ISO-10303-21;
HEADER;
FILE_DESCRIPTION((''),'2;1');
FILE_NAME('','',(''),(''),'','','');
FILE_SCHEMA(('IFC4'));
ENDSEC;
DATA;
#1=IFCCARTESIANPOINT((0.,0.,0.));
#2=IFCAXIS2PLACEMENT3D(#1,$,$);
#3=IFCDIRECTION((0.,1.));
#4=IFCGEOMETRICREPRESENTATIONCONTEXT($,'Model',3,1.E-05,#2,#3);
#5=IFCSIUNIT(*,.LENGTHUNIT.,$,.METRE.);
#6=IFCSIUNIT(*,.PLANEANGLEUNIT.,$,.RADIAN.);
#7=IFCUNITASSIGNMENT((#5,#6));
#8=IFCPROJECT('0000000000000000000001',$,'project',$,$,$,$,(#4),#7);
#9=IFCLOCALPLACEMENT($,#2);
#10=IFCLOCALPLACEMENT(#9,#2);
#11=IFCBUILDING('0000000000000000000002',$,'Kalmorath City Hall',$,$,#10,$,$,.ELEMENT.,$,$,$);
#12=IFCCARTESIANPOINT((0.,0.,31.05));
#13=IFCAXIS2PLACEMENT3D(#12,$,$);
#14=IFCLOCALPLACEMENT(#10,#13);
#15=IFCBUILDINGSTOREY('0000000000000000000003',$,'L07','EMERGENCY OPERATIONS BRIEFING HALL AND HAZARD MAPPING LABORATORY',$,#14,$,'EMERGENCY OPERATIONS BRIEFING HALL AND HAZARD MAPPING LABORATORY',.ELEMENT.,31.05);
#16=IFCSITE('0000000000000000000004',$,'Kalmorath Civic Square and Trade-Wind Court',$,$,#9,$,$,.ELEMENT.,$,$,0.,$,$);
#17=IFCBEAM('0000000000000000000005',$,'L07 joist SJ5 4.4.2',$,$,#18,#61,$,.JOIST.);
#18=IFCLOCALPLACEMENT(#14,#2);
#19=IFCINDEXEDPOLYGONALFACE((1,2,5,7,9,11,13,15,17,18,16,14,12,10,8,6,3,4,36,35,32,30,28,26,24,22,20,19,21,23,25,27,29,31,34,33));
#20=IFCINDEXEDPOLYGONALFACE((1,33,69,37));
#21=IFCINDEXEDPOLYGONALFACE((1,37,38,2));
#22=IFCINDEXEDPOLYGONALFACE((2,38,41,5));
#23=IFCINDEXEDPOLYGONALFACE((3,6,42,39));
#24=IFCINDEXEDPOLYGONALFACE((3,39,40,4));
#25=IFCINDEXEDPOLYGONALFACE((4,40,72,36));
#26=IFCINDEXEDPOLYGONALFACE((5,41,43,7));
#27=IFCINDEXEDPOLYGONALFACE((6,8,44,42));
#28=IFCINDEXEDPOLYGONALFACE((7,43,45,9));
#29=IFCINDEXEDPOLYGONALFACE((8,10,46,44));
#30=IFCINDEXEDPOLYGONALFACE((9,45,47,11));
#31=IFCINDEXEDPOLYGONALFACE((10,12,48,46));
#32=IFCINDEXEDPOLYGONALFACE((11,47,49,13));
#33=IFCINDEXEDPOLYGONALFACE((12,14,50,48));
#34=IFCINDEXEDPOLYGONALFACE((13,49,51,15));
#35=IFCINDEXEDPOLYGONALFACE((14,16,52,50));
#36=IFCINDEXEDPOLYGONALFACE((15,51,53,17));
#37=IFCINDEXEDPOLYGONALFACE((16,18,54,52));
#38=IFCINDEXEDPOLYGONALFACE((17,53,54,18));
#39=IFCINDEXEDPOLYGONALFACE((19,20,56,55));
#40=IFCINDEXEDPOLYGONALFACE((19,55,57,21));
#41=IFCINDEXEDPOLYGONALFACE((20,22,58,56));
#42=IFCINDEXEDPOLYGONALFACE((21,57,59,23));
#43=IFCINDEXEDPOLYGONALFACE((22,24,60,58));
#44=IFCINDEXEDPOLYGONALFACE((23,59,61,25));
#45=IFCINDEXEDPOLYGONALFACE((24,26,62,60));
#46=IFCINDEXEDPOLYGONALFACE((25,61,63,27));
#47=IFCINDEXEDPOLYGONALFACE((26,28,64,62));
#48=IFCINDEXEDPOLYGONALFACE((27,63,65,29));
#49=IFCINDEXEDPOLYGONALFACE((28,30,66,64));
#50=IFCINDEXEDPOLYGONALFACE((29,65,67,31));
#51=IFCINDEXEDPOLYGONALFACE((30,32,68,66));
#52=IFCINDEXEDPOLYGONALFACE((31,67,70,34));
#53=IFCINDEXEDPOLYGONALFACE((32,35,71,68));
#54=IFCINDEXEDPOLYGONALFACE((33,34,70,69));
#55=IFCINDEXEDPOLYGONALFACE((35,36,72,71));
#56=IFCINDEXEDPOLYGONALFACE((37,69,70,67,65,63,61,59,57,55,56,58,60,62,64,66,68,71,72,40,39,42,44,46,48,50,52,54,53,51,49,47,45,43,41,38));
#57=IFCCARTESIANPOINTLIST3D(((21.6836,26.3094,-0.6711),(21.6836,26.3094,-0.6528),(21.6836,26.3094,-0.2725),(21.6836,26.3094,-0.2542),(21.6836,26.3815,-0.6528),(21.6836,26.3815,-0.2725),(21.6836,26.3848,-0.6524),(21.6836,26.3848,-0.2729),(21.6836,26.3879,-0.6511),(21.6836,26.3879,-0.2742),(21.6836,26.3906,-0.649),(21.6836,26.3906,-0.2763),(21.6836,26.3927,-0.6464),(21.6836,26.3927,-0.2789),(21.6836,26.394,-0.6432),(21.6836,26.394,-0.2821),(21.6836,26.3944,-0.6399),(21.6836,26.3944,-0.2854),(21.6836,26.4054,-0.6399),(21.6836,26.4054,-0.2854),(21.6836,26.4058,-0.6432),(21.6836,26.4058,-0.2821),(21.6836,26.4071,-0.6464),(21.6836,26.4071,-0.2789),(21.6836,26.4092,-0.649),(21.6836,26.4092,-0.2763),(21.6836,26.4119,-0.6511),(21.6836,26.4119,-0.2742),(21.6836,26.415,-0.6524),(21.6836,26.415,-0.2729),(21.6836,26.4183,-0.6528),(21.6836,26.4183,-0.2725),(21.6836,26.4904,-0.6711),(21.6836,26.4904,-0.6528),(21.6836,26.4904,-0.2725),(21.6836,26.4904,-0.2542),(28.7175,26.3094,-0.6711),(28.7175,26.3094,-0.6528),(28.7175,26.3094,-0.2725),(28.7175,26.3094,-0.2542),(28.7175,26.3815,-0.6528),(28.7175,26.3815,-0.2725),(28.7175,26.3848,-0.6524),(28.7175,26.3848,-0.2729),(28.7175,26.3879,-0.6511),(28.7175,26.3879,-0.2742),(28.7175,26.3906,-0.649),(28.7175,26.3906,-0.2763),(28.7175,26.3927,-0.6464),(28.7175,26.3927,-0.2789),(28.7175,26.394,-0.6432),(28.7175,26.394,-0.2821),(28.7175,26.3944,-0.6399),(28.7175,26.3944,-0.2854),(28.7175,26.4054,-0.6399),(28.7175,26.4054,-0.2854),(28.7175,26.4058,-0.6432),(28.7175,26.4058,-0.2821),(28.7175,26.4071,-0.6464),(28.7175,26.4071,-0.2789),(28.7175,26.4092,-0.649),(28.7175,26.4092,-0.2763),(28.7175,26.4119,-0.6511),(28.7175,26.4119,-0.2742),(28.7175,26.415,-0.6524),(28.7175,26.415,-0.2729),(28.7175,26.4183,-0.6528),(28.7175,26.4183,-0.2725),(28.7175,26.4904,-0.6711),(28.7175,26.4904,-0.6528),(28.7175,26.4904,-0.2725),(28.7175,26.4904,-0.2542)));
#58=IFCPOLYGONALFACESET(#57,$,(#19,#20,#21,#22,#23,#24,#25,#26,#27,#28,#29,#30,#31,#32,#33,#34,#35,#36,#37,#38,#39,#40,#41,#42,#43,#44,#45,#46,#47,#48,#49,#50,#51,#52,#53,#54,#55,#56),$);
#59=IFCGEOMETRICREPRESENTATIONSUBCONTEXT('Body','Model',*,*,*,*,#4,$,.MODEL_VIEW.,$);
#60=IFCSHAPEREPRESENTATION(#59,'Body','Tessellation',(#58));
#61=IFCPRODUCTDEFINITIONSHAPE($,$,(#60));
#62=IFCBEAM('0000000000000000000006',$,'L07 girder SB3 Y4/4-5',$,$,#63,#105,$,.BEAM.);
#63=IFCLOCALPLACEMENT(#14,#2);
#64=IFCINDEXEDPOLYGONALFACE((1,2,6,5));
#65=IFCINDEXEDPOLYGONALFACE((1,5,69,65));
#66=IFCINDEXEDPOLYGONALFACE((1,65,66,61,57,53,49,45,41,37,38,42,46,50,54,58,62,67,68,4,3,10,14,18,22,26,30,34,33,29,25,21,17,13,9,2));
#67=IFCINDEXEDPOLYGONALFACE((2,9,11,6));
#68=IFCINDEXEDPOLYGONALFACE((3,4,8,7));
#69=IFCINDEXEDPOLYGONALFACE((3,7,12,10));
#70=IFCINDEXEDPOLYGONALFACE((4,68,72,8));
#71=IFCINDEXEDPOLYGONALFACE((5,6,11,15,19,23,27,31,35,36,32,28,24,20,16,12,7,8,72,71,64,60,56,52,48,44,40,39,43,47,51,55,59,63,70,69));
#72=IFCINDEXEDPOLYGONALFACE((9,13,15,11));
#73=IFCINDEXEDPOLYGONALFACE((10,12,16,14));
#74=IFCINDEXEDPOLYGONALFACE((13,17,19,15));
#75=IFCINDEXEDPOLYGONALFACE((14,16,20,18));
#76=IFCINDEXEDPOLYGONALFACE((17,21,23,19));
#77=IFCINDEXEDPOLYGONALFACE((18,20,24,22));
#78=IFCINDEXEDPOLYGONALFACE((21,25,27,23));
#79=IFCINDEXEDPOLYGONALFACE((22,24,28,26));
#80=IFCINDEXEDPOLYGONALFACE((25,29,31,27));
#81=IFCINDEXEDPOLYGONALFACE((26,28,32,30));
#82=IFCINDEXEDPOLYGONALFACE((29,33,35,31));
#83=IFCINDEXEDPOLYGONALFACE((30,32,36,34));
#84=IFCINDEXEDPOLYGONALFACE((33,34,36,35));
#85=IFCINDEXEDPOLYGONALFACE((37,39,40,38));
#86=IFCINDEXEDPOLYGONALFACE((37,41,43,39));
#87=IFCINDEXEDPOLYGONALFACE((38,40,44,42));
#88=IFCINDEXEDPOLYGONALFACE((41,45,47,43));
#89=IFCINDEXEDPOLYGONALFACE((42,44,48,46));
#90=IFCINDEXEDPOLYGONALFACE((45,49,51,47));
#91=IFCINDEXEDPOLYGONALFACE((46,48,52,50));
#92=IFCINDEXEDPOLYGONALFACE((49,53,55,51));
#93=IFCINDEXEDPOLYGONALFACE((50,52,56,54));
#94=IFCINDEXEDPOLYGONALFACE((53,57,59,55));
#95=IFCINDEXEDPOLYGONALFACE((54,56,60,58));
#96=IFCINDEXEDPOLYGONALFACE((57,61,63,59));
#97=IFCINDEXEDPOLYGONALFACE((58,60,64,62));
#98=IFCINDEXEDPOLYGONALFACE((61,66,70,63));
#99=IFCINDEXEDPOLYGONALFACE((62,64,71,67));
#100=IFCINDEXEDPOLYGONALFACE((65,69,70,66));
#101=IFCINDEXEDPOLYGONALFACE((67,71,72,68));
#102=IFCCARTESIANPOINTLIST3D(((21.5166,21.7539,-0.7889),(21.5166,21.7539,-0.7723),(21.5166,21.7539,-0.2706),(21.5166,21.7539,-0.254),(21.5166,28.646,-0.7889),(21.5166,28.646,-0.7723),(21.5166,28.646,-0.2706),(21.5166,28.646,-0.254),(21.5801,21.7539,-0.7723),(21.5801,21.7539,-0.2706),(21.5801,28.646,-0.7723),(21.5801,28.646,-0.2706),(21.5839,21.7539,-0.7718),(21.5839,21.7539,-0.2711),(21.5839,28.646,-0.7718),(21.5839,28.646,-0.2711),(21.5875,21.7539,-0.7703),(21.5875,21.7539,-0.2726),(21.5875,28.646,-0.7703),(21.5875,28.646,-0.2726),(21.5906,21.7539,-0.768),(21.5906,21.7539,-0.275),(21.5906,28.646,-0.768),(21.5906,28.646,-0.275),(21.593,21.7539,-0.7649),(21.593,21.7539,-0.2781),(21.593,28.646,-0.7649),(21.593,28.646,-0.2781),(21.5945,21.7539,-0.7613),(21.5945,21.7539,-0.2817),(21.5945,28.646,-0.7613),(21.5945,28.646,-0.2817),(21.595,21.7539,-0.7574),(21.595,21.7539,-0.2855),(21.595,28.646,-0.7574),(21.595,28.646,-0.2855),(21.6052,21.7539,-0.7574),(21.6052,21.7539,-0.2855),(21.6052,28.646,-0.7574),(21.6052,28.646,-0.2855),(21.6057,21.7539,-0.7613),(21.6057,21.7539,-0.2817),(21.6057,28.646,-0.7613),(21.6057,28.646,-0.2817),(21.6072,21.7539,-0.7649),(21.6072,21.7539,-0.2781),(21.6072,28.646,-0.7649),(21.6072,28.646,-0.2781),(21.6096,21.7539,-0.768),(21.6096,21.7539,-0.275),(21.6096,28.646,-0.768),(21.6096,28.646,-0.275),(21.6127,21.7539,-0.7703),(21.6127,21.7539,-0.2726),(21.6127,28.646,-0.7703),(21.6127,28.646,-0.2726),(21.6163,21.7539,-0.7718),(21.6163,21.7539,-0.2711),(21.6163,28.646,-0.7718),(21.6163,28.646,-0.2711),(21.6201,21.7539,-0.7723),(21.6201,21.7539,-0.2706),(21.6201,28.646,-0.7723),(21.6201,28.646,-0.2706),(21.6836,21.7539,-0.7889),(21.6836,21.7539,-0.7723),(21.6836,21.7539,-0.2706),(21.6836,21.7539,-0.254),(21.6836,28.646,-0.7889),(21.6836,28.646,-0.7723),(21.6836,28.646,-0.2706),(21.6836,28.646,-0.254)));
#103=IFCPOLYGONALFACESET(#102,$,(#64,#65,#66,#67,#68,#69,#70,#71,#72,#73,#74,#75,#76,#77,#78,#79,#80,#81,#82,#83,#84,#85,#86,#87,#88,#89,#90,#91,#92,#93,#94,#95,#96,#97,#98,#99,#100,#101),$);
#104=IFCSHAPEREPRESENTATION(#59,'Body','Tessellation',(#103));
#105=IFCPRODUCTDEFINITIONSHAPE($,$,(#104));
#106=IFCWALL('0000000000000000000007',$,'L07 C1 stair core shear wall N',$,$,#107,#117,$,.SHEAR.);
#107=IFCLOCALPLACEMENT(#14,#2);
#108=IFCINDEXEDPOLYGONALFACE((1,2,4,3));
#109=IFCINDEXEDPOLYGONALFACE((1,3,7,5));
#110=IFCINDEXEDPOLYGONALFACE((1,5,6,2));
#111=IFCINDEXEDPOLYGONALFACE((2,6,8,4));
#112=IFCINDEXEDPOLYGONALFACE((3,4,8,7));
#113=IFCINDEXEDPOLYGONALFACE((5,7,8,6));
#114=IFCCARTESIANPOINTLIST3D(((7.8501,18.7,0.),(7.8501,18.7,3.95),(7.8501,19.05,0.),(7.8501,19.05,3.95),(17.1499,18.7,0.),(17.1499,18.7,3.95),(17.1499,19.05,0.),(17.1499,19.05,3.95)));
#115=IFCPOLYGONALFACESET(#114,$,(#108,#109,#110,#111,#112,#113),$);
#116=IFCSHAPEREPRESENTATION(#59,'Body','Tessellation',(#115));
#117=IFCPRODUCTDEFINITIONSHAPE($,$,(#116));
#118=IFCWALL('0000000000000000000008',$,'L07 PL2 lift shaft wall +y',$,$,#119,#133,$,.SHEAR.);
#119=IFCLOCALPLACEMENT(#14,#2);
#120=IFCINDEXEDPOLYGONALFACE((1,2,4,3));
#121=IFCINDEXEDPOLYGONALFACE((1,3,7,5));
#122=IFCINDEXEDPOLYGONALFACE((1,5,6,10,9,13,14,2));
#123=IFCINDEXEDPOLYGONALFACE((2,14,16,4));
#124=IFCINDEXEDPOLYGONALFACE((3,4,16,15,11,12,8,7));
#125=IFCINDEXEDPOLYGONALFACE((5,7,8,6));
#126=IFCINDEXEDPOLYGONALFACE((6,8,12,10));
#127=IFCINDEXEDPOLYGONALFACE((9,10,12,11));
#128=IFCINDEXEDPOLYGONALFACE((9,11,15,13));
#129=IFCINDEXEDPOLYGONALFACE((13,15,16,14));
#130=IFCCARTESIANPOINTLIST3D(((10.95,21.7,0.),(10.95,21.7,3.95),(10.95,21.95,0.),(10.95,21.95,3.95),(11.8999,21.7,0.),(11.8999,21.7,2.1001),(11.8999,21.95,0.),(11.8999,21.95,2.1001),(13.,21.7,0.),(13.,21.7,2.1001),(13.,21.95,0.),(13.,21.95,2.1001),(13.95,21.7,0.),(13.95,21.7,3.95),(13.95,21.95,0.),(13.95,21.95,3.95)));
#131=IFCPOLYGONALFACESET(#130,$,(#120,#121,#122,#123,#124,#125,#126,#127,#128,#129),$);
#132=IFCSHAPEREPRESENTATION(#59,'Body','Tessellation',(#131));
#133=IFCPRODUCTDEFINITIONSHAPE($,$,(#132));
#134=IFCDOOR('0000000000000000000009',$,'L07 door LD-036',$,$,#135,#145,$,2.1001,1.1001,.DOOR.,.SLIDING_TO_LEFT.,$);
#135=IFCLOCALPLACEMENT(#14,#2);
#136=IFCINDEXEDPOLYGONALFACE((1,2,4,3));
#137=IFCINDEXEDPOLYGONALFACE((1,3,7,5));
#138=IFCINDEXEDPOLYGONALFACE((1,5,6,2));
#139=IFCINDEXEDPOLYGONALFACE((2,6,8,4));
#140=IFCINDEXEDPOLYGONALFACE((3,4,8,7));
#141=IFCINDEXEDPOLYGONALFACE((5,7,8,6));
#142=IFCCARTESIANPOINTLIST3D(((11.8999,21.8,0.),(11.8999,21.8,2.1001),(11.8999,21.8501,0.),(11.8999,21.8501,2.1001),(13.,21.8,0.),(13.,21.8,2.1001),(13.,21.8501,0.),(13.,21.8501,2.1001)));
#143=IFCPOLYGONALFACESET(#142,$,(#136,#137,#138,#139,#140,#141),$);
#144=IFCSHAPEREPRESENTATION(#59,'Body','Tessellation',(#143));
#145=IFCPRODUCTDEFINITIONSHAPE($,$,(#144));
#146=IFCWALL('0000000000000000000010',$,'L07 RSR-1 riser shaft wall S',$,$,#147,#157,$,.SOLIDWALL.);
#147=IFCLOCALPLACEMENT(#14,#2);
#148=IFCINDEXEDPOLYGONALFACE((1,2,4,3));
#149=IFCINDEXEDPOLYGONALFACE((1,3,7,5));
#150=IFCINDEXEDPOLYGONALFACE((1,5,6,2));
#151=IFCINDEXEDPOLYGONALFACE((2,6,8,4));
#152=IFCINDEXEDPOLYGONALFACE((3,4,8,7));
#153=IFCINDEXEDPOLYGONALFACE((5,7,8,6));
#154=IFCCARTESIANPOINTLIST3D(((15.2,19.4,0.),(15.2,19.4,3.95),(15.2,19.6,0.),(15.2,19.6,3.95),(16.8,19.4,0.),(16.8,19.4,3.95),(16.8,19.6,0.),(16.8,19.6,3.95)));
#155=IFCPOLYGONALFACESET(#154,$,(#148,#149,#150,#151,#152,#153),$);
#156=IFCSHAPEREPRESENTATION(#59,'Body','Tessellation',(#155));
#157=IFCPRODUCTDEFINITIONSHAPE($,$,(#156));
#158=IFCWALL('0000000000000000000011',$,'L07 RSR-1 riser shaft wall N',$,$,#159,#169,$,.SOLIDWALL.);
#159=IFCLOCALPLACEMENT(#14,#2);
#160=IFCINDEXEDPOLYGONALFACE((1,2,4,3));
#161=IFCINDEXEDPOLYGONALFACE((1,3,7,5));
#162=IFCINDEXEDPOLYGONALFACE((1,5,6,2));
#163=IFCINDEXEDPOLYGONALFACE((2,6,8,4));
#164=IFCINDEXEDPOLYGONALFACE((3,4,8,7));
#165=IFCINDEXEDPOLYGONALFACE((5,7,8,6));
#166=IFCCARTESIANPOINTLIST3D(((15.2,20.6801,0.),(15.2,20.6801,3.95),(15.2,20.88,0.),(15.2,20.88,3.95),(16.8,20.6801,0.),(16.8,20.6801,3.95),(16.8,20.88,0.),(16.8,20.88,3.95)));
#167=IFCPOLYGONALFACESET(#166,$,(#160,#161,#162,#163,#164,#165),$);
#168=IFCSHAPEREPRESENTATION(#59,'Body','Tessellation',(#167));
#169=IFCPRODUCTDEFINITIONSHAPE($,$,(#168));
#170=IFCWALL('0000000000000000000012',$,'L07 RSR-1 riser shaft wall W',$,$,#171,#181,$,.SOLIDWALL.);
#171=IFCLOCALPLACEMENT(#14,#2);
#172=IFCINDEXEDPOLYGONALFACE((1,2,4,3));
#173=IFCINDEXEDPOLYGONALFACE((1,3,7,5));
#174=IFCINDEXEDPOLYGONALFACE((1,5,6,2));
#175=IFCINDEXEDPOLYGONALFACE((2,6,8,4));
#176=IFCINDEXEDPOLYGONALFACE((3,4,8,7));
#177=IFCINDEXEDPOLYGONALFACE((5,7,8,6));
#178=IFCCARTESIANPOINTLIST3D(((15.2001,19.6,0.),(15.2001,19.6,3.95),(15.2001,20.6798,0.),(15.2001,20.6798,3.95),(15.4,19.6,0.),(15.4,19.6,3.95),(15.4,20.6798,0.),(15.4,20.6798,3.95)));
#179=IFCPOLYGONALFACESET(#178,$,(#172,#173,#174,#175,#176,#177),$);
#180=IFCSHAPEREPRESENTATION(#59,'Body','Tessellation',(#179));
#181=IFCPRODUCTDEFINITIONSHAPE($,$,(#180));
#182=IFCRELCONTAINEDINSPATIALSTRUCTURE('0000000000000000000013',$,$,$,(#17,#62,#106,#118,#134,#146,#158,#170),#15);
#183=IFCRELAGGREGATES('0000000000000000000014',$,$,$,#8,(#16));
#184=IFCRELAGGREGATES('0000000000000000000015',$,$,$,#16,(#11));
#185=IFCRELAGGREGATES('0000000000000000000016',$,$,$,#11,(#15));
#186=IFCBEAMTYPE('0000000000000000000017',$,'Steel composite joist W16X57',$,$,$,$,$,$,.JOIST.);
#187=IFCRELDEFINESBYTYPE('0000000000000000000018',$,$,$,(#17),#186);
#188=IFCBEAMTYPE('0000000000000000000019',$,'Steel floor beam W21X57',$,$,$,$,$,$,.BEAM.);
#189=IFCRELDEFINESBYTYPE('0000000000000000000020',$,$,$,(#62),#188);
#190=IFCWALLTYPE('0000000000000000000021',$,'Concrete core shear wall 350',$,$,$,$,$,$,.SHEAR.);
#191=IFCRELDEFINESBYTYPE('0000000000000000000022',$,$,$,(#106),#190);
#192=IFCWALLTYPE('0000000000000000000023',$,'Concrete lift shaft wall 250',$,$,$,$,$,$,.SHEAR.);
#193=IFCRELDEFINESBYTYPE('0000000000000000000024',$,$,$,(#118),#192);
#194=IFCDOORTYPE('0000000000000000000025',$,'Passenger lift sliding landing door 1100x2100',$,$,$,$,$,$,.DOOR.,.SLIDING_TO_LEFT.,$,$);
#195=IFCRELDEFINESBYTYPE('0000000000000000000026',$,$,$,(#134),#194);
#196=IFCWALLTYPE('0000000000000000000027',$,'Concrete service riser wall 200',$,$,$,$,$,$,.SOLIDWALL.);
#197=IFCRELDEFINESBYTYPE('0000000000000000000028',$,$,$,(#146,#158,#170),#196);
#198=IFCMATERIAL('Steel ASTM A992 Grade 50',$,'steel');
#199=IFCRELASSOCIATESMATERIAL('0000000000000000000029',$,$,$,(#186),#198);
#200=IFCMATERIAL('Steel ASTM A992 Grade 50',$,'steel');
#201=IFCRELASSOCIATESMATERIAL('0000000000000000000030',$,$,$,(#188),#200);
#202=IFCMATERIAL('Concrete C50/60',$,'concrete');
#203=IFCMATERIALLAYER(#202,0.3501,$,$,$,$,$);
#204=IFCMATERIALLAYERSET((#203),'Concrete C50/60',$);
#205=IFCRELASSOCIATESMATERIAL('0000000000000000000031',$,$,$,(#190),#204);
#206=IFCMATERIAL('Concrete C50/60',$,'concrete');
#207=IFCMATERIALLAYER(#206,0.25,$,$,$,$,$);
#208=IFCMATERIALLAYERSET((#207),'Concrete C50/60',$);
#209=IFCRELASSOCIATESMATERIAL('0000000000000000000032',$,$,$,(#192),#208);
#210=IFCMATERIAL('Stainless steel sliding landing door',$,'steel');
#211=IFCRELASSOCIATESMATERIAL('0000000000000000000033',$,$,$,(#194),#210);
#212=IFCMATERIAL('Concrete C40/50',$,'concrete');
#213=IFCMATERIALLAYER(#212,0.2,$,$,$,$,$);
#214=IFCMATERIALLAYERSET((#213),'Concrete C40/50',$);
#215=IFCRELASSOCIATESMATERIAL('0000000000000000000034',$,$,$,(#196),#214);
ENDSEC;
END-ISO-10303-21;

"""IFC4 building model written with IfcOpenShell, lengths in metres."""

from ifc_helpers import new_model, si_unit, direction, frame, frame_2d, origin, origin_2d, place, context, subcontext, project, spatial, rectangle, i_section, extrude, material, layer, layer_set, material_profile, profile_set, type_object, element, fill, save


model = new_model("IFC4")

# Units and contexts
model_context = context("Model", 3, precision=1e-05, world=origin(), true_north=direction((0.0, 1.0)))
body_context = subcontext(model_context, "Body", "Model", "MODEL_VIEW")
ifc_project = project(units=[si_unit("LENGTHUNIT", "METRE"), si_unit("PLANEANGLEUNIT", "RADIAN")], contexts=[model_context])

# Site, building, storey
site_placement = place(None, origin())
site = spatial("IfcSite", under=ifc_project, at=site_placement, Name="Kalmorath Civic Square and Trade-Wind Court", CompositionType="ELEMENT", RefElevation=0.0)
building_placement = place(site_placement, origin())
building = spatial("IfcBuilding", under=site, at=building_placement, Name="Kalmorath City Hall", CompositionType="ELEMENT")
storey_placement = place(building_placement, frame((0.0, 0.0, 31.05)))
storey = spatial("IfcBuildingStorey", under=building, at=storey_placement, Name="L07", Description="EMERGENCY OPERATIONS BRIEFING HALL AND HAZARD MAPPING LABORATORY", LongName="EMERGENCY OPERATIONS BRIEFING HALL AND HAZARD MAPPING LABORATORY", CompositionType="ELEMENT", Elevation=31.05)

# Beams
ifc_material_1 = material(Name="Steel ASTM A992 Grade 50", Category="steel")
ifc_material_profile_1 = material_profile(ifc_material_1, i_section(OverallWidth=0.1809, OverallDepth=0.417, WebThickness=0.011, FlangeThickness=0.0183, FilletRadius=0.0129, at=origin_2d()), Name="W16X57")
ifc_profile_set_1 = profile_set([ifc_material_profile_1], Name="Steel ASTM A992 Grade 50")
beam_type_1 = type_object("IfcBeamType", Name="Steel composite joist W16X57", PredefinedType="JOIST", material=ifc_profile_set_1)
for number, where, z_axis, x_axis, name in (
    (1, (21.6836, 26.3999, -0.4626), (1.0, 0.0, 0.0), (0.0, 1.0, 0.0), "L07 joist SJ5 4.4.2"),
):
    element("IfcBeam", number, at=place(storey_placement, frame(where, z_axis=z_axis, x_axis=x_axis)), inside=storey, type_object=beam_type_1, Name=name, PredefinedType="JOIST", context=body_context, shape_type="SweptSolid", body=[
        extrude(i_section(OverallWidth=0.1809, OverallDepth=0.417, WebThickness=0.011, FlangeThickness=0.0183, FilletRadius=0.0129, at=origin_2d()), origin(), (0.0, 0.0, 1.0), 7.0339),
    ])
ifc_material_2 = material(Name="Steel ASTM A992 Grade 50", Category="steel")
ifc_material_profile_2 = material_profile(ifc_material_2, i_section(OverallWidth=0.167, OverallDepth=0.5349, WebThickness=0.0103, FlangeThickness=0.0166, FilletRadius=0.0149, at=origin_2d()), Name="W21X57")
ifc_profile_set_2 = profile_set([ifc_material_profile_2], Name="Steel ASTM A992 Grade 50")
beam_type_2 = type_object("IfcBeamType", Name="Steel floor beam W21X57", PredefinedType="BEAM", material=ifc_profile_set_2)
beam_placement = place(storey_placement, frame((21.6001, 21.7539, -0.5215), z_axis=(0.0, 1.0, 0.0), x_axis=(-1.0, 0.0, 0.0)))
element("IfcBeam", 2, at=beam_placement, inside=storey, type_object=beam_type_2, Name="L07 girder SB3 Y4/4-5", PredefinedType="BEAM", context=body_context, shape_type="SweptSolid", body=[
    extrude(i_section(OverallWidth=0.167, OverallDepth=0.5349, WebThickness=0.0103, FlangeThickness=0.0166, FilletRadius=0.0149, at=origin_2d()), origin(), (0.0, 0.0, 1.0), 6.8921),
])

# Wall
ifc_material_3 = material(Name="Concrete C50/60", Category="concrete")
ifc_layer_1 = layer(ifc_material_3, 0.3501)
ifc_layer_set_1 = layer_set([ifc_layer_1], Name="Concrete C50/60")
wall_type_1 = type_object("IfcWallType", Name="Concrete core shear wall 350", PredefinedType="SHEAR", material=ifc_layer_set_1)
wall_1_placement = place(storey_placement, frame((17.1499, 18.875, 0.0), z_axis=(0.0, 0.0, 1.0), x_axis=(-1.0, 0.0, 0.0)))
element("IfcWall", 3, at=wall_1_placement, inside=storey, type_object=wall_type_1, Name="L07 C1 stair core shear wall N", PredefinedType="SHEAR", context=body_context, shape_type="SweptSolid", body=[
    extrude(rectangle(XDim=9.2998, YDim=0.3501, at=frame_2d((4.6499, 0.0))), origin(), (0.0, 0.0, 1.0), 3.95),
])

# Wall, opening, door
ifc_material_4 = material(Name="Concrete C50/60", Category="concrete")
ifc_layer_2 = layer(ifc_material_4, 0.25)
ifc_layer_set_2 = layer_set([ifc_layer_2], Name="Concrete C50/60")
wall_type_2 = type_object("IfcWallType", Name="Concrete lift shaft wall 250", PredefinedType="SHEAR", material=ifc_layer_set_2)
wall_2_placement = place(storey_placement, frame((13.95, 21.825, 0.0), z_axis=(0.0, 0.0, 1.0), x_axis=(-1.0, 0.0, 0.0)))
wall_2 = element("IfcWall", 4, at=wall_2_placement, inside=storey, type_object=wall_type_2, Name="L07 PL2 lift shaft wall +y", PredefinedType="SHEAR", context=body_context, shape_type="SweptSolid", body=[
    extrude(rectangle(XDim=3.0, YDim=0.25, at=frame_2d((1.5, 0.0))), origin(), (0.0, 0.0, 1.0), 3.95),
])
opening_1_placement = place(wall_2_placement, frame((0.95, 0.0, 0.0)))
opening_1 = element("IfcOpeningElement", 5, at=opening_1_placement, cuts=wall_2, PredefinedType="OPENING", context=body_context, shape_type="SweptSolid", body=[
    extrude(rectangle(XDim=1.1001, YDim=2.1001, at=frame_2d((0.55, 1.05))), frame((0.0, 0.135, 0.0), z_axis=(0.0, -1.0, 0.0), x_axis=(1.0, 0.0, 0.0)), (0.0, 0.0, 1.0), 0.27),
])
ifc_material_5 = material(Name="Stainless steel sliding landing door", Category="steel")
door_type_1 = type_object("IfcDoorType", Name="Passenger lift sliding landing door 1100x2100", OperationType="SLIDING_TO_LEFT", PredefinedType="DOOR", material=ifc_material_5)
door_1_placement = place(opening_1_placement, origin())
door_1 = element("IfcDoor", 6, at=door_1_placement, inside=storey, type_object=door_type_1, Name="L07 door LD-036", OperationType="SLIDING_TO_LEFT", OverallHeight=2.1001, OverallWidth=1.1001, PredefinedType="DOOR", context=body_context, shape_type="SweptSolid", body=[
    extrude(rectangle(XDim=1.1001, YDim=2.1001, at=frame_2d((0.55, 1.05))), frame((0.0, 0.0249, 0.0), z_axis=(0.0, -1.0, 0.0), x_axis=(1.0, 0.0, 0.0)), (0.0, 0.0, 1.0), 0.05),
])
fill(opening_1, door_1)

# Walls
ifc_material_6 = material(Name="Concrete C40/50", Category="concrete")
ifc_layer_3 = layer(ifc_material_6, 0.2)
ifc_layer_set_3 = layer_set([ifc_layer_3], Name="Concrete C40/50")
wall_type_3 = type_object("IfcWallType", Name="Concrete service riser wall 200", PredefinedType="SOLIDWALL", material=ifc_layer_set_3)
for number, where, z_axis, x_axis, name in (
    (7, (15.2, 19.5, 0.0), (0.0, 0.0, 1.0), (1.0, 0.0, 0.0), "L07 RSR-1 riser shaft wall S"),
    (8, (16.8, 20.78, 0.0), (0.0, 0.0, 1.0), (-1.0, 0.0, 0.0), "L07 RSR-1 riser shaft wall N"),
):
    element("IfcWall", number, at=place(storey_placement, frame(where, z_axis=z_axis, x_axis=x_axis)), inside=storey, type_object=wall_type_3, Name=name, PredefinedType="SOLIDWALL", context=body_context, shape_type="SweptSolid", body=[
        extrude(rectangle(XDim=1.6001, YDim=0.2, at=frame_2d((0.8, 0.0))), origin(), (0.0, 0.0, 1.0), 3.95),
    ])
for number, where, z_axis, x_axis, name in (
    (9, (15.3, 20.6799, 0.0), (0.0, 0.0, 1.0), (0.0, -1.0, 0.0), "L07 RSR-1 riser shaft wall W"),
):
    element("IfcWall", number, at=place(storey_placement, frame(where, z_axis=z_axis, x_axis=x_axis)), inside=storey, type_object=wall_type_3, Name=name, PredefinedType="SOLIDWALL", context=body_context, shape_type="SweptSolid", body=[
        extrude(rectangle(XDim=1.0798, YDim=0.2, at=frame_2d((0.54, 0.0))), origin(), (0.0, 0.0, 1.0), 3.95),
    ])

save(model, "model.ifc")
